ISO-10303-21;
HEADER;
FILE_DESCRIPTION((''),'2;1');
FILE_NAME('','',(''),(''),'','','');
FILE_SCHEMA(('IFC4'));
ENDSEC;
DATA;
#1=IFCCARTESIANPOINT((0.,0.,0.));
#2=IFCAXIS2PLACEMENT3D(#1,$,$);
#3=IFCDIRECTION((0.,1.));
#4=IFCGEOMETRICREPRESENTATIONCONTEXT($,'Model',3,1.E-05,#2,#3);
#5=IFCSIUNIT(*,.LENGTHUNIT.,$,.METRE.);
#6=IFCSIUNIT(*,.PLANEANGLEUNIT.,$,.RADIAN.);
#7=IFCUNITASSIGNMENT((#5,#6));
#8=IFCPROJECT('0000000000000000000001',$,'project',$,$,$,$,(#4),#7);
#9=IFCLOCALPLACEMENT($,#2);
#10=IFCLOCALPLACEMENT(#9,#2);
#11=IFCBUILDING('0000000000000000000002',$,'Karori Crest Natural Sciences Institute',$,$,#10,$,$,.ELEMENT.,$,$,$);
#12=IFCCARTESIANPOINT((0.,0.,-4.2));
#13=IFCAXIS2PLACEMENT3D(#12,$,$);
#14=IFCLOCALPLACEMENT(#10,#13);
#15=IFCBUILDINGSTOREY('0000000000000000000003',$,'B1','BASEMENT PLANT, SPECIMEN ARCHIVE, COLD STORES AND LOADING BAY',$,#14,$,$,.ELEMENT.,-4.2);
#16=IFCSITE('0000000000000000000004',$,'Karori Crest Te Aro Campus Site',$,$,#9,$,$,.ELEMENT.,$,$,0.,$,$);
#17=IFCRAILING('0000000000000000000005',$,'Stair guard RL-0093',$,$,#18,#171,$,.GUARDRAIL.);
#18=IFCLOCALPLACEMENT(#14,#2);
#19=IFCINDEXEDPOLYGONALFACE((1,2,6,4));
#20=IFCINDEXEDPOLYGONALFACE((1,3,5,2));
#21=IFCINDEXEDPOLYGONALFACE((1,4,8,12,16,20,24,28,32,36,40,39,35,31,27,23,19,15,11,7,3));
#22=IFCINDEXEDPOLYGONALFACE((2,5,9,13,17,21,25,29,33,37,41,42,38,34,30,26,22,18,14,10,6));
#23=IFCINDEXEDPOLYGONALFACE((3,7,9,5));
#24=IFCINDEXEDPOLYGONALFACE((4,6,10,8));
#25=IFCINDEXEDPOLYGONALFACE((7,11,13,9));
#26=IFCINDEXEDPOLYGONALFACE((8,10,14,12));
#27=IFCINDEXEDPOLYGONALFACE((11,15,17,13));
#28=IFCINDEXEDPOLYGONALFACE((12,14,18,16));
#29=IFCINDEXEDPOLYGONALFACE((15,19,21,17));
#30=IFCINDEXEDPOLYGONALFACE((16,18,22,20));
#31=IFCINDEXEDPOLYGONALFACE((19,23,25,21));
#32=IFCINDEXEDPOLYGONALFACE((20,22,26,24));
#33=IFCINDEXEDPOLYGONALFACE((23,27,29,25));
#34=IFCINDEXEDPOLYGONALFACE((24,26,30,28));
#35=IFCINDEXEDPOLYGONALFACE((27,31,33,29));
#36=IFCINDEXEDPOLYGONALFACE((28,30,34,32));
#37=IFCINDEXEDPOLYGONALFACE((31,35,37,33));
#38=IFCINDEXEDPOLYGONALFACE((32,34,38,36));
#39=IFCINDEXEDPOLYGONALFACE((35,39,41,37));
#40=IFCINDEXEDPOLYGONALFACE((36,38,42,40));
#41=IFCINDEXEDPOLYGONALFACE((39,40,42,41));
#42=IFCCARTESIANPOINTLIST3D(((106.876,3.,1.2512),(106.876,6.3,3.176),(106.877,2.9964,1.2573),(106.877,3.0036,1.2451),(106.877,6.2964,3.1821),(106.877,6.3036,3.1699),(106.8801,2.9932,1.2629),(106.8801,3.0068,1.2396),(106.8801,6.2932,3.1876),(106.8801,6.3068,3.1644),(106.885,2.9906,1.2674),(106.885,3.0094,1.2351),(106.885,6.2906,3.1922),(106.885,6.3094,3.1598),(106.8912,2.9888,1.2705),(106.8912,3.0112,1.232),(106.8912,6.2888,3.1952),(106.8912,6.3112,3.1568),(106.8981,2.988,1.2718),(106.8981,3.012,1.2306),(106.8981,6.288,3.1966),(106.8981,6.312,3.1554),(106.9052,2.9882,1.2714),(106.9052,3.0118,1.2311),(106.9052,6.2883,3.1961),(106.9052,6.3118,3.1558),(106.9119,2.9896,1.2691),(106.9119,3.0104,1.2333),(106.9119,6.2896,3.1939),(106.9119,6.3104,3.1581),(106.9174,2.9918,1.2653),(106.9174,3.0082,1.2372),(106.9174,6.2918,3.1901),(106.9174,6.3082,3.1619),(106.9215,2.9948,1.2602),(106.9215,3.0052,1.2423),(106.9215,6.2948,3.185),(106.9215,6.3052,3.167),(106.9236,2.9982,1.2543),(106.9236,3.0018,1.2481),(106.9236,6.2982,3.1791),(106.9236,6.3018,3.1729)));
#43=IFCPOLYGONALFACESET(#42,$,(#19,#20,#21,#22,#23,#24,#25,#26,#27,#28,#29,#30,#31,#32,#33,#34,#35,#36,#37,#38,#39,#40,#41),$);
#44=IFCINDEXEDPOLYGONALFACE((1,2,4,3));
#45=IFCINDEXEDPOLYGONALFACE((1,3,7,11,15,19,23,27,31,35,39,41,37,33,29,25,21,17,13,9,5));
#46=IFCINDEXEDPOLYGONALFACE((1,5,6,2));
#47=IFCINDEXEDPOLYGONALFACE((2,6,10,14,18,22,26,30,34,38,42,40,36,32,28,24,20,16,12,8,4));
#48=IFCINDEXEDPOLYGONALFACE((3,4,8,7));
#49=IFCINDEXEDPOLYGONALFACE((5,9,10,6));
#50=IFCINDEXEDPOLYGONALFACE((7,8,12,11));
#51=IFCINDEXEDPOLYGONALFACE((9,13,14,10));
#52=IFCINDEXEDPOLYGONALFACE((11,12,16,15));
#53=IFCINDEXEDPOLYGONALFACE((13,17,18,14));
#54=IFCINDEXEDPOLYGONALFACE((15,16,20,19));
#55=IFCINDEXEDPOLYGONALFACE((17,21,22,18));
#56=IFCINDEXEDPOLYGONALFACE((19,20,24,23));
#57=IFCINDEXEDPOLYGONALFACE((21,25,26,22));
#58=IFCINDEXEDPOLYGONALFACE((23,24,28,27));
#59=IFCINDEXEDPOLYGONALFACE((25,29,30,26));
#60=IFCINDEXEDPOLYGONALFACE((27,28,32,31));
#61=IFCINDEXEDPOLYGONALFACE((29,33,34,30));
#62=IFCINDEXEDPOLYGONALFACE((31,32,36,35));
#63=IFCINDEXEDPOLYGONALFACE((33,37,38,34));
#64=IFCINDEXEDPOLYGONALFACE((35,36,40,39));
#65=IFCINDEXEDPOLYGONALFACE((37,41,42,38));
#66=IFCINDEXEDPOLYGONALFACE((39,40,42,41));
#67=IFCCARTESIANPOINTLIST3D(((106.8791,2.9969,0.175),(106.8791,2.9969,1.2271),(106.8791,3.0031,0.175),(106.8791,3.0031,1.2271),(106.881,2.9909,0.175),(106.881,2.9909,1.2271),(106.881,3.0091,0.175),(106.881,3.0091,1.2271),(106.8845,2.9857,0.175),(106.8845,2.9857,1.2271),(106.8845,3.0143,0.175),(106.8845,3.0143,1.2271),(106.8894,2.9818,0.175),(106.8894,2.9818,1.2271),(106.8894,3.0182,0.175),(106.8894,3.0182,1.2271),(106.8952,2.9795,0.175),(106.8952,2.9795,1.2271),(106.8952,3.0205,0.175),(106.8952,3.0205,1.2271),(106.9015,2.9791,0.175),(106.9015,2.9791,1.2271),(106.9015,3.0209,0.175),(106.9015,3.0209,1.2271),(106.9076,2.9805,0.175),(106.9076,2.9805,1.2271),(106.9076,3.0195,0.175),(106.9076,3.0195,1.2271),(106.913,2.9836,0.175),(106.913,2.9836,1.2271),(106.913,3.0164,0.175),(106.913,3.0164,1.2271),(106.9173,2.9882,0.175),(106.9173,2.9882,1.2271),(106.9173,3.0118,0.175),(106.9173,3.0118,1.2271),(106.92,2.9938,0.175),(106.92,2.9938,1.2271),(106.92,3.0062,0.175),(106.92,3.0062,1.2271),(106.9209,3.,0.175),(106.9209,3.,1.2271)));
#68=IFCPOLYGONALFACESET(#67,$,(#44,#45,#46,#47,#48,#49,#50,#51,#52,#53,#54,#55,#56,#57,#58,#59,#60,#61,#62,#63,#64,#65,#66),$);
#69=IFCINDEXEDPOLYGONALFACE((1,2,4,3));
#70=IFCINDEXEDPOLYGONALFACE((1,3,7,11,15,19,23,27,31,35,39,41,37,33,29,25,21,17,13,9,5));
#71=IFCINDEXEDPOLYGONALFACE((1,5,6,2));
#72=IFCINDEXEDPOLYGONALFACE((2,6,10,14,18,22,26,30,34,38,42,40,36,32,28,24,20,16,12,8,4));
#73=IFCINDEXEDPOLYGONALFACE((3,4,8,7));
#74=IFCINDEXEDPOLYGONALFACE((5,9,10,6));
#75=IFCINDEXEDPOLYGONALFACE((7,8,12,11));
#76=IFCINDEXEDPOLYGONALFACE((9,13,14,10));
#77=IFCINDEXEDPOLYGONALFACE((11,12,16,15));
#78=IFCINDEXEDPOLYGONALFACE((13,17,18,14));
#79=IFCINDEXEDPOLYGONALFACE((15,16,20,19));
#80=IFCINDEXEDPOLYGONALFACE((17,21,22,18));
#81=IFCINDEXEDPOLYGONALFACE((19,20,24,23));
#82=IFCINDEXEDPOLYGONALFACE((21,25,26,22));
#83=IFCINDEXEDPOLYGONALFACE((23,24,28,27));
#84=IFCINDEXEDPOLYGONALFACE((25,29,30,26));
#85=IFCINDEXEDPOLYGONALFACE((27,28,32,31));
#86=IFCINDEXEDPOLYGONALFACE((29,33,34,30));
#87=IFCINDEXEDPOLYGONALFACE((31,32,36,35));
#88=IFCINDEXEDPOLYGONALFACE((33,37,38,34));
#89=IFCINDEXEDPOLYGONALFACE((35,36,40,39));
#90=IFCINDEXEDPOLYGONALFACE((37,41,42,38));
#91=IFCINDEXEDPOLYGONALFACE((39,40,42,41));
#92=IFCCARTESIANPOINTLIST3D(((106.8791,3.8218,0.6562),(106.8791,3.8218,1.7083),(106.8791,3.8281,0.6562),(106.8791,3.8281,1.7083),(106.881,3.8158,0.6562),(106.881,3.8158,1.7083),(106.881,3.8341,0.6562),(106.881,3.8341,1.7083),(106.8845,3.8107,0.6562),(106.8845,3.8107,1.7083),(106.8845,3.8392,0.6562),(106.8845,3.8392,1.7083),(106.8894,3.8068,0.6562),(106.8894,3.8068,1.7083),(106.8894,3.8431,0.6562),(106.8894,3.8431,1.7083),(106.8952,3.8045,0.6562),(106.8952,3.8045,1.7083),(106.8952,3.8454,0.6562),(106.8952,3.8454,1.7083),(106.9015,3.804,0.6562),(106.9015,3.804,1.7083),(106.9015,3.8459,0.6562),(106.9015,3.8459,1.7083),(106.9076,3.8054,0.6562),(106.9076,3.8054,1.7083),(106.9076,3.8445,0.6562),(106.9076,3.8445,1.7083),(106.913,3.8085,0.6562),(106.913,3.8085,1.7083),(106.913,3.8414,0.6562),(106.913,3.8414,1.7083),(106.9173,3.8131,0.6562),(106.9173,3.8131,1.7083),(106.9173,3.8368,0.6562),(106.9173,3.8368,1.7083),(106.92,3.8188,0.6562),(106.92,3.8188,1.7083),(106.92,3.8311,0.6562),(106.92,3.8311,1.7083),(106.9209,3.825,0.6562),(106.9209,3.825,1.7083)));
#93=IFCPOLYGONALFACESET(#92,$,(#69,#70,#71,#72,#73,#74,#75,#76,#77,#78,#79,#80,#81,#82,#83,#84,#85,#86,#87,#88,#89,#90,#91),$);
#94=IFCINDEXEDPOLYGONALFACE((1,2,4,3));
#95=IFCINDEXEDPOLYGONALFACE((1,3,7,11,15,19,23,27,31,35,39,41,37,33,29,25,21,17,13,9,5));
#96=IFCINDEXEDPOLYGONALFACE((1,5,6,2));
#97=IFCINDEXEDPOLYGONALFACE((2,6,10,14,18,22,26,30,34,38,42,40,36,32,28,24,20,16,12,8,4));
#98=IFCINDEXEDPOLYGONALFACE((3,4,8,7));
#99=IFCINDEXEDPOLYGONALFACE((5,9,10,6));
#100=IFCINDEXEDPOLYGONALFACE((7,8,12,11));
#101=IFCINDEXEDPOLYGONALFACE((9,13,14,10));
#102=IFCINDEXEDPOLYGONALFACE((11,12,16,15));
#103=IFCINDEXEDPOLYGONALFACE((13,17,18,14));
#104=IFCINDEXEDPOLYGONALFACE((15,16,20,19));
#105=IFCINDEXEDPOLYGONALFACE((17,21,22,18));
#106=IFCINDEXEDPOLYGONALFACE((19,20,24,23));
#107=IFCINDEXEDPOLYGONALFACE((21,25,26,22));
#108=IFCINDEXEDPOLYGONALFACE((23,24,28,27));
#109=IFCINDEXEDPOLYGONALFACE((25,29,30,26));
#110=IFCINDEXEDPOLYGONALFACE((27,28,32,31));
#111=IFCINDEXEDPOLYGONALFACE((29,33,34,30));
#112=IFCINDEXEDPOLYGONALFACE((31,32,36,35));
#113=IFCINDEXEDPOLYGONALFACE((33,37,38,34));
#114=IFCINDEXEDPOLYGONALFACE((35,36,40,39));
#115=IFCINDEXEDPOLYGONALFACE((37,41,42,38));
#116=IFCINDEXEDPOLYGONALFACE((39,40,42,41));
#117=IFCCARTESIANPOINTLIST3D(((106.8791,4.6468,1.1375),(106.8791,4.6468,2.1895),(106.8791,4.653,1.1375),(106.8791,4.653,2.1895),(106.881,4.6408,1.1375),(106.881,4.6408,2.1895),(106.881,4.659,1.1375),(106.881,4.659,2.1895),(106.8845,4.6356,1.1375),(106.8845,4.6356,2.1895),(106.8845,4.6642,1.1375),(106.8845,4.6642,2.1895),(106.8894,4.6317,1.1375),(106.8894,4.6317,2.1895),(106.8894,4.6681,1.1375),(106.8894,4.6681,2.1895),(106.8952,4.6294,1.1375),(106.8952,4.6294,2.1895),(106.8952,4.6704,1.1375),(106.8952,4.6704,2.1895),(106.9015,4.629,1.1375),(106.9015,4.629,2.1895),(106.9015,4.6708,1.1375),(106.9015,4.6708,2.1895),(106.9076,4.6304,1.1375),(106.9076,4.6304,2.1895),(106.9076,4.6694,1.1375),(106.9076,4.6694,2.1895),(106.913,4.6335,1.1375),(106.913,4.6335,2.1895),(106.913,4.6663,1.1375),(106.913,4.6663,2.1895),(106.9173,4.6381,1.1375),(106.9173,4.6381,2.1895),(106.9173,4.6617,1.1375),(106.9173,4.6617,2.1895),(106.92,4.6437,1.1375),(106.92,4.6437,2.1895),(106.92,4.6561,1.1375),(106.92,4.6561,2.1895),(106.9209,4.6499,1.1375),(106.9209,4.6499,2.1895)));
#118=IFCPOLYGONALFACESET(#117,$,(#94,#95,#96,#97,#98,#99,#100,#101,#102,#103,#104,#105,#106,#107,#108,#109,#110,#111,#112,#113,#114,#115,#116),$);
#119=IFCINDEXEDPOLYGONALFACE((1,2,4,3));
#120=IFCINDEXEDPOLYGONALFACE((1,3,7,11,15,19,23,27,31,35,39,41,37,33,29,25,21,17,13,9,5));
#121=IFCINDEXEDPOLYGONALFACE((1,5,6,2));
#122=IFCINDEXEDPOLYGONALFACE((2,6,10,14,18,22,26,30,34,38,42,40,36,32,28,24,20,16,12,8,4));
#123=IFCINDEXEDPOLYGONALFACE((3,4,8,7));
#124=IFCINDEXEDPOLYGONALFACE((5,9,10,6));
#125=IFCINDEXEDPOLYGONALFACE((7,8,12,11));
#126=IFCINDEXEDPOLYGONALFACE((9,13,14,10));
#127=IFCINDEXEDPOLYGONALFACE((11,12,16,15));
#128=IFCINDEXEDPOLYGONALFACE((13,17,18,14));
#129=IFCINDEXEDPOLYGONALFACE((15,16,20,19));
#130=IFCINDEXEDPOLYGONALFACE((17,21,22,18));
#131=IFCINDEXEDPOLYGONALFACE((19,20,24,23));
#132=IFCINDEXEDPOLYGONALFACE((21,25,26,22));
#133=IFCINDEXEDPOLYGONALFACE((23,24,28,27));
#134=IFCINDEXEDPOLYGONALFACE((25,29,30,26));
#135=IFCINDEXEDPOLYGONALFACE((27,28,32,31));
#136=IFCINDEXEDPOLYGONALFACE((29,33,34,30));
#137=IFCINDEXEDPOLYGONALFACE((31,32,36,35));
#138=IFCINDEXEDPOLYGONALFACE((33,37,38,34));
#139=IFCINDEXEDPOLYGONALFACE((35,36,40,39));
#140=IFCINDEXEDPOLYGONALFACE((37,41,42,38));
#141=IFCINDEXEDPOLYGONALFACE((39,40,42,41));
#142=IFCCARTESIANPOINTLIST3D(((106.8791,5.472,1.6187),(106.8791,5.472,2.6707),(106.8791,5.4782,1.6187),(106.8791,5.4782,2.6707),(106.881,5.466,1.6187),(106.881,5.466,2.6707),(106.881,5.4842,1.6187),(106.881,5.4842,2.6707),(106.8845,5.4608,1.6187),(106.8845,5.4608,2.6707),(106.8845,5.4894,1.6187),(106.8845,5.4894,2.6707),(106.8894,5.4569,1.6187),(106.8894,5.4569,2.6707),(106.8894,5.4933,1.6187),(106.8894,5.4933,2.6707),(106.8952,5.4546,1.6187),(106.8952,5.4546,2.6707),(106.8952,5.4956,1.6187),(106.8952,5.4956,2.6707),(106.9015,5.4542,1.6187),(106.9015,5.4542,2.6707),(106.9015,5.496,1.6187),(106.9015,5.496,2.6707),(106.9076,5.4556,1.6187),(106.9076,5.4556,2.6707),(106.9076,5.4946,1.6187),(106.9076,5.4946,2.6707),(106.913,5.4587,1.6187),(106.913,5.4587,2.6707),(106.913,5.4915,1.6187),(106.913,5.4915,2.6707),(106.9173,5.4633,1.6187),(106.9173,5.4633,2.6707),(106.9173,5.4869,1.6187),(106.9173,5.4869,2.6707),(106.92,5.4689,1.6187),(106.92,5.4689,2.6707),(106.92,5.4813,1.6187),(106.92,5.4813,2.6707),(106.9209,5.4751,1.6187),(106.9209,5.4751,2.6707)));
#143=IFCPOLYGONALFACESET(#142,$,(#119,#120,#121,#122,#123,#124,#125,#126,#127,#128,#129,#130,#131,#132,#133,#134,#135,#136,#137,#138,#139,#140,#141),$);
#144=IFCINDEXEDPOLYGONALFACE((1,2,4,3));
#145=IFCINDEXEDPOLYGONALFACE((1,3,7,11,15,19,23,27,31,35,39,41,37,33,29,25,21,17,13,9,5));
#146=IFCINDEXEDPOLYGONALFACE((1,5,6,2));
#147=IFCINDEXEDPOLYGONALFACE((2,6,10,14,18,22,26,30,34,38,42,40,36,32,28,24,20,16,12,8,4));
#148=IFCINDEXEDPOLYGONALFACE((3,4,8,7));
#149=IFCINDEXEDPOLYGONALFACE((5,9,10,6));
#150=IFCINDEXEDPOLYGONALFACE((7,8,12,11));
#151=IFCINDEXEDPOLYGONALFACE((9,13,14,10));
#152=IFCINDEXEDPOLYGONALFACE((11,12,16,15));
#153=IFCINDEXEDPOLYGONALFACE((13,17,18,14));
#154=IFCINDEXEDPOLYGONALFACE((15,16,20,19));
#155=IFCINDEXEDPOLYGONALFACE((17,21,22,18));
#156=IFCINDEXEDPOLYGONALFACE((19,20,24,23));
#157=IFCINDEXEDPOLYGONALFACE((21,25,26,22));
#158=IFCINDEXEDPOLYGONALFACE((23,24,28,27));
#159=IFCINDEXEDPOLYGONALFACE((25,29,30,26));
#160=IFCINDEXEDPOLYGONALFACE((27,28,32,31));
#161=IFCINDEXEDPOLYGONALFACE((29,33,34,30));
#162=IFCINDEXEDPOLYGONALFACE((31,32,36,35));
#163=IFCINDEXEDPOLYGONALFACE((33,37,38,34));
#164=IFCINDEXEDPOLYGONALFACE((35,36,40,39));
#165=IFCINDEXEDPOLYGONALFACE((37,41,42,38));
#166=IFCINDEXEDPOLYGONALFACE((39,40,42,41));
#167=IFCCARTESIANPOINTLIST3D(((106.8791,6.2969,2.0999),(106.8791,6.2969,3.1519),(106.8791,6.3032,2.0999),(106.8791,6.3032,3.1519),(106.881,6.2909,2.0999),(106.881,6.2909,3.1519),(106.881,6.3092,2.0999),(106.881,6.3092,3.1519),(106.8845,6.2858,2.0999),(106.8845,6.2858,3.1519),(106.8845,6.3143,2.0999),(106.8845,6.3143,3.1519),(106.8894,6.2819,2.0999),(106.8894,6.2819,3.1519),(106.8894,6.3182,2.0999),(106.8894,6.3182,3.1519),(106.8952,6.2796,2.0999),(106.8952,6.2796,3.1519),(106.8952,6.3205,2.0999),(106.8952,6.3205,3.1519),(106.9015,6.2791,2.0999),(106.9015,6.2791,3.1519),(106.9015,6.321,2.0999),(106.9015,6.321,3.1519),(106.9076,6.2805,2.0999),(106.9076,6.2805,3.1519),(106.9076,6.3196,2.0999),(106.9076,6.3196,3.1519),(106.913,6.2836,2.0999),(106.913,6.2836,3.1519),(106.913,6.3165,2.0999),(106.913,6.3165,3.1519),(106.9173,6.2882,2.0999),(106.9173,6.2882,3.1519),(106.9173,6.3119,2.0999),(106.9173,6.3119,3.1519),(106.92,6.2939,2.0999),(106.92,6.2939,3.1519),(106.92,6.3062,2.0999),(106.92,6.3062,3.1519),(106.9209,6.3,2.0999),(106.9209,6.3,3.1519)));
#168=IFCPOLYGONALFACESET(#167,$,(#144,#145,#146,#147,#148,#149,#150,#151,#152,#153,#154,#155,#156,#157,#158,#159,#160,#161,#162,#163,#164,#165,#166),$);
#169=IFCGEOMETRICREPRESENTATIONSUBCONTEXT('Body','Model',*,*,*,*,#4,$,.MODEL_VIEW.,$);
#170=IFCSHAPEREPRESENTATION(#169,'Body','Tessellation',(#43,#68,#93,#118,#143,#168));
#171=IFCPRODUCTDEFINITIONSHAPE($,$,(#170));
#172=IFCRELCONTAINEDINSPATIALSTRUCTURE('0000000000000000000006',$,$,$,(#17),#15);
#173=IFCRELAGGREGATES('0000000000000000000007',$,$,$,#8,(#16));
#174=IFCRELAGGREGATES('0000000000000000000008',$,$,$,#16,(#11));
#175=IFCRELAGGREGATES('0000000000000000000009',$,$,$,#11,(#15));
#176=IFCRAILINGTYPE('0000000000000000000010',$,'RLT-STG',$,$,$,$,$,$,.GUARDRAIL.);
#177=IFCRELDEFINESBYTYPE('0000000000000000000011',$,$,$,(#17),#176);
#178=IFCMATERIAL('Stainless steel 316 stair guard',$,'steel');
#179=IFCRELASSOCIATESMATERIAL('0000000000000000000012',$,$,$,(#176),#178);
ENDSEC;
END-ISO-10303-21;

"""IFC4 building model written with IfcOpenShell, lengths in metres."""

from ifc_helpers import new_model, si_unit, direction, frame, origin, origin_2d, place, context, subcontext, project, spatial, circle, extrude, material, type_object, element, save


model = new_model("IFC4")

# Units and contexts
model_context = context("Model", 3, precision=1e-05, world=origin(), true_north=direction((0.0, 1.0)))
body_context = subcontext(model_context, "Body", "Model", "MODEL_VIEW")
ifc_project = project(units=[si_unit("LENGTHUNIT", "METRE"), si_unit("PLANEANGLEUNIT", "RADIAN")], contexts=[model_context])

# Site, building, storey
site_placement = place(None, origin())
site = spatial("IfcSite", under=ifc_project, at=site_placement, Name="Karori Crest Te Aro Campus Site", CompositionType="ELEMENT", RefElevation=0.0)
building_placement = place(site_placement, origin())
building = spatial("IfcBuilding", under=site, at=building_placement, Name="Karori Crest Natural Sciences Institute", CompositionType="ELEMENT")
storey_placement = place(building_placement, frame((0.0, 0.0, -4.2)))
storey = spatial("IfcBuildingStorey", under=building, at=storey_placement, Name="B1", Description="BASEMENT PLANT, SPECIMEN ARCHIVE, COLD STORES AND LOADING BAY", CompositionType="ELEMENT", Elevation=-4.2)

# Railing
ifc_material_1 = material(Name="Stainless steel 316 stair guard", Category="steel")
railing_type_1 = type_object("IfcRailingType", Name="RLT-STG", PredefinedType="GUARDRAIL", material=ifc_material_1)
railing_1_placement = place(storey_placement, frame((106.8999, 3.0, 0.175)))
element("IfcRailing", 1, at=railing_1_placement, inside=storey, type_object=railing_type_1, Name="Stair guard RL-0093", PredefinedType="GUARDRAIL", context=body_context, shape_type="SweptSolid", body=[
    extrude(circle(Radius=0.0239, at=origin_2d()), frame((0.0, 0.0, 1.0762), z_axis=(0.0, 0.863804, 0.503827), x_axis=(-1.0, 0.0, 0.0)), (0.0, 0.0, 1.0), 3.8203),
    extrude(circle(Radius=0.021, at=origin_2d()), origin(), (0.0, 0.0, 1.0), 1.052),
    extrude(circle(Radius=0.021, at=origin_2d()), frame((0.0, 0.825, 0.4812)), (0.0, 0.0, 1.0), 1.052),
    extrude(circle(Radius=0.021, at=origin_2d()), frame((0.0, 1.6499, 0.9624)), (0.0, 0.0, 1.0), 1.052),
    extrude(circle(Radius=0.021, at=origin_2d()), frame((0.0, 2.4751, 1.4436)), (0.0, 0.0, 1.0), 1.052),
    extrude(circle(Radius=0.021, at=origin_2d()), frame((0.0, 3.3, 1.9248)), (0.0, 0.0, 1.0), 1.052),
])

save(model, "model.ifc")
